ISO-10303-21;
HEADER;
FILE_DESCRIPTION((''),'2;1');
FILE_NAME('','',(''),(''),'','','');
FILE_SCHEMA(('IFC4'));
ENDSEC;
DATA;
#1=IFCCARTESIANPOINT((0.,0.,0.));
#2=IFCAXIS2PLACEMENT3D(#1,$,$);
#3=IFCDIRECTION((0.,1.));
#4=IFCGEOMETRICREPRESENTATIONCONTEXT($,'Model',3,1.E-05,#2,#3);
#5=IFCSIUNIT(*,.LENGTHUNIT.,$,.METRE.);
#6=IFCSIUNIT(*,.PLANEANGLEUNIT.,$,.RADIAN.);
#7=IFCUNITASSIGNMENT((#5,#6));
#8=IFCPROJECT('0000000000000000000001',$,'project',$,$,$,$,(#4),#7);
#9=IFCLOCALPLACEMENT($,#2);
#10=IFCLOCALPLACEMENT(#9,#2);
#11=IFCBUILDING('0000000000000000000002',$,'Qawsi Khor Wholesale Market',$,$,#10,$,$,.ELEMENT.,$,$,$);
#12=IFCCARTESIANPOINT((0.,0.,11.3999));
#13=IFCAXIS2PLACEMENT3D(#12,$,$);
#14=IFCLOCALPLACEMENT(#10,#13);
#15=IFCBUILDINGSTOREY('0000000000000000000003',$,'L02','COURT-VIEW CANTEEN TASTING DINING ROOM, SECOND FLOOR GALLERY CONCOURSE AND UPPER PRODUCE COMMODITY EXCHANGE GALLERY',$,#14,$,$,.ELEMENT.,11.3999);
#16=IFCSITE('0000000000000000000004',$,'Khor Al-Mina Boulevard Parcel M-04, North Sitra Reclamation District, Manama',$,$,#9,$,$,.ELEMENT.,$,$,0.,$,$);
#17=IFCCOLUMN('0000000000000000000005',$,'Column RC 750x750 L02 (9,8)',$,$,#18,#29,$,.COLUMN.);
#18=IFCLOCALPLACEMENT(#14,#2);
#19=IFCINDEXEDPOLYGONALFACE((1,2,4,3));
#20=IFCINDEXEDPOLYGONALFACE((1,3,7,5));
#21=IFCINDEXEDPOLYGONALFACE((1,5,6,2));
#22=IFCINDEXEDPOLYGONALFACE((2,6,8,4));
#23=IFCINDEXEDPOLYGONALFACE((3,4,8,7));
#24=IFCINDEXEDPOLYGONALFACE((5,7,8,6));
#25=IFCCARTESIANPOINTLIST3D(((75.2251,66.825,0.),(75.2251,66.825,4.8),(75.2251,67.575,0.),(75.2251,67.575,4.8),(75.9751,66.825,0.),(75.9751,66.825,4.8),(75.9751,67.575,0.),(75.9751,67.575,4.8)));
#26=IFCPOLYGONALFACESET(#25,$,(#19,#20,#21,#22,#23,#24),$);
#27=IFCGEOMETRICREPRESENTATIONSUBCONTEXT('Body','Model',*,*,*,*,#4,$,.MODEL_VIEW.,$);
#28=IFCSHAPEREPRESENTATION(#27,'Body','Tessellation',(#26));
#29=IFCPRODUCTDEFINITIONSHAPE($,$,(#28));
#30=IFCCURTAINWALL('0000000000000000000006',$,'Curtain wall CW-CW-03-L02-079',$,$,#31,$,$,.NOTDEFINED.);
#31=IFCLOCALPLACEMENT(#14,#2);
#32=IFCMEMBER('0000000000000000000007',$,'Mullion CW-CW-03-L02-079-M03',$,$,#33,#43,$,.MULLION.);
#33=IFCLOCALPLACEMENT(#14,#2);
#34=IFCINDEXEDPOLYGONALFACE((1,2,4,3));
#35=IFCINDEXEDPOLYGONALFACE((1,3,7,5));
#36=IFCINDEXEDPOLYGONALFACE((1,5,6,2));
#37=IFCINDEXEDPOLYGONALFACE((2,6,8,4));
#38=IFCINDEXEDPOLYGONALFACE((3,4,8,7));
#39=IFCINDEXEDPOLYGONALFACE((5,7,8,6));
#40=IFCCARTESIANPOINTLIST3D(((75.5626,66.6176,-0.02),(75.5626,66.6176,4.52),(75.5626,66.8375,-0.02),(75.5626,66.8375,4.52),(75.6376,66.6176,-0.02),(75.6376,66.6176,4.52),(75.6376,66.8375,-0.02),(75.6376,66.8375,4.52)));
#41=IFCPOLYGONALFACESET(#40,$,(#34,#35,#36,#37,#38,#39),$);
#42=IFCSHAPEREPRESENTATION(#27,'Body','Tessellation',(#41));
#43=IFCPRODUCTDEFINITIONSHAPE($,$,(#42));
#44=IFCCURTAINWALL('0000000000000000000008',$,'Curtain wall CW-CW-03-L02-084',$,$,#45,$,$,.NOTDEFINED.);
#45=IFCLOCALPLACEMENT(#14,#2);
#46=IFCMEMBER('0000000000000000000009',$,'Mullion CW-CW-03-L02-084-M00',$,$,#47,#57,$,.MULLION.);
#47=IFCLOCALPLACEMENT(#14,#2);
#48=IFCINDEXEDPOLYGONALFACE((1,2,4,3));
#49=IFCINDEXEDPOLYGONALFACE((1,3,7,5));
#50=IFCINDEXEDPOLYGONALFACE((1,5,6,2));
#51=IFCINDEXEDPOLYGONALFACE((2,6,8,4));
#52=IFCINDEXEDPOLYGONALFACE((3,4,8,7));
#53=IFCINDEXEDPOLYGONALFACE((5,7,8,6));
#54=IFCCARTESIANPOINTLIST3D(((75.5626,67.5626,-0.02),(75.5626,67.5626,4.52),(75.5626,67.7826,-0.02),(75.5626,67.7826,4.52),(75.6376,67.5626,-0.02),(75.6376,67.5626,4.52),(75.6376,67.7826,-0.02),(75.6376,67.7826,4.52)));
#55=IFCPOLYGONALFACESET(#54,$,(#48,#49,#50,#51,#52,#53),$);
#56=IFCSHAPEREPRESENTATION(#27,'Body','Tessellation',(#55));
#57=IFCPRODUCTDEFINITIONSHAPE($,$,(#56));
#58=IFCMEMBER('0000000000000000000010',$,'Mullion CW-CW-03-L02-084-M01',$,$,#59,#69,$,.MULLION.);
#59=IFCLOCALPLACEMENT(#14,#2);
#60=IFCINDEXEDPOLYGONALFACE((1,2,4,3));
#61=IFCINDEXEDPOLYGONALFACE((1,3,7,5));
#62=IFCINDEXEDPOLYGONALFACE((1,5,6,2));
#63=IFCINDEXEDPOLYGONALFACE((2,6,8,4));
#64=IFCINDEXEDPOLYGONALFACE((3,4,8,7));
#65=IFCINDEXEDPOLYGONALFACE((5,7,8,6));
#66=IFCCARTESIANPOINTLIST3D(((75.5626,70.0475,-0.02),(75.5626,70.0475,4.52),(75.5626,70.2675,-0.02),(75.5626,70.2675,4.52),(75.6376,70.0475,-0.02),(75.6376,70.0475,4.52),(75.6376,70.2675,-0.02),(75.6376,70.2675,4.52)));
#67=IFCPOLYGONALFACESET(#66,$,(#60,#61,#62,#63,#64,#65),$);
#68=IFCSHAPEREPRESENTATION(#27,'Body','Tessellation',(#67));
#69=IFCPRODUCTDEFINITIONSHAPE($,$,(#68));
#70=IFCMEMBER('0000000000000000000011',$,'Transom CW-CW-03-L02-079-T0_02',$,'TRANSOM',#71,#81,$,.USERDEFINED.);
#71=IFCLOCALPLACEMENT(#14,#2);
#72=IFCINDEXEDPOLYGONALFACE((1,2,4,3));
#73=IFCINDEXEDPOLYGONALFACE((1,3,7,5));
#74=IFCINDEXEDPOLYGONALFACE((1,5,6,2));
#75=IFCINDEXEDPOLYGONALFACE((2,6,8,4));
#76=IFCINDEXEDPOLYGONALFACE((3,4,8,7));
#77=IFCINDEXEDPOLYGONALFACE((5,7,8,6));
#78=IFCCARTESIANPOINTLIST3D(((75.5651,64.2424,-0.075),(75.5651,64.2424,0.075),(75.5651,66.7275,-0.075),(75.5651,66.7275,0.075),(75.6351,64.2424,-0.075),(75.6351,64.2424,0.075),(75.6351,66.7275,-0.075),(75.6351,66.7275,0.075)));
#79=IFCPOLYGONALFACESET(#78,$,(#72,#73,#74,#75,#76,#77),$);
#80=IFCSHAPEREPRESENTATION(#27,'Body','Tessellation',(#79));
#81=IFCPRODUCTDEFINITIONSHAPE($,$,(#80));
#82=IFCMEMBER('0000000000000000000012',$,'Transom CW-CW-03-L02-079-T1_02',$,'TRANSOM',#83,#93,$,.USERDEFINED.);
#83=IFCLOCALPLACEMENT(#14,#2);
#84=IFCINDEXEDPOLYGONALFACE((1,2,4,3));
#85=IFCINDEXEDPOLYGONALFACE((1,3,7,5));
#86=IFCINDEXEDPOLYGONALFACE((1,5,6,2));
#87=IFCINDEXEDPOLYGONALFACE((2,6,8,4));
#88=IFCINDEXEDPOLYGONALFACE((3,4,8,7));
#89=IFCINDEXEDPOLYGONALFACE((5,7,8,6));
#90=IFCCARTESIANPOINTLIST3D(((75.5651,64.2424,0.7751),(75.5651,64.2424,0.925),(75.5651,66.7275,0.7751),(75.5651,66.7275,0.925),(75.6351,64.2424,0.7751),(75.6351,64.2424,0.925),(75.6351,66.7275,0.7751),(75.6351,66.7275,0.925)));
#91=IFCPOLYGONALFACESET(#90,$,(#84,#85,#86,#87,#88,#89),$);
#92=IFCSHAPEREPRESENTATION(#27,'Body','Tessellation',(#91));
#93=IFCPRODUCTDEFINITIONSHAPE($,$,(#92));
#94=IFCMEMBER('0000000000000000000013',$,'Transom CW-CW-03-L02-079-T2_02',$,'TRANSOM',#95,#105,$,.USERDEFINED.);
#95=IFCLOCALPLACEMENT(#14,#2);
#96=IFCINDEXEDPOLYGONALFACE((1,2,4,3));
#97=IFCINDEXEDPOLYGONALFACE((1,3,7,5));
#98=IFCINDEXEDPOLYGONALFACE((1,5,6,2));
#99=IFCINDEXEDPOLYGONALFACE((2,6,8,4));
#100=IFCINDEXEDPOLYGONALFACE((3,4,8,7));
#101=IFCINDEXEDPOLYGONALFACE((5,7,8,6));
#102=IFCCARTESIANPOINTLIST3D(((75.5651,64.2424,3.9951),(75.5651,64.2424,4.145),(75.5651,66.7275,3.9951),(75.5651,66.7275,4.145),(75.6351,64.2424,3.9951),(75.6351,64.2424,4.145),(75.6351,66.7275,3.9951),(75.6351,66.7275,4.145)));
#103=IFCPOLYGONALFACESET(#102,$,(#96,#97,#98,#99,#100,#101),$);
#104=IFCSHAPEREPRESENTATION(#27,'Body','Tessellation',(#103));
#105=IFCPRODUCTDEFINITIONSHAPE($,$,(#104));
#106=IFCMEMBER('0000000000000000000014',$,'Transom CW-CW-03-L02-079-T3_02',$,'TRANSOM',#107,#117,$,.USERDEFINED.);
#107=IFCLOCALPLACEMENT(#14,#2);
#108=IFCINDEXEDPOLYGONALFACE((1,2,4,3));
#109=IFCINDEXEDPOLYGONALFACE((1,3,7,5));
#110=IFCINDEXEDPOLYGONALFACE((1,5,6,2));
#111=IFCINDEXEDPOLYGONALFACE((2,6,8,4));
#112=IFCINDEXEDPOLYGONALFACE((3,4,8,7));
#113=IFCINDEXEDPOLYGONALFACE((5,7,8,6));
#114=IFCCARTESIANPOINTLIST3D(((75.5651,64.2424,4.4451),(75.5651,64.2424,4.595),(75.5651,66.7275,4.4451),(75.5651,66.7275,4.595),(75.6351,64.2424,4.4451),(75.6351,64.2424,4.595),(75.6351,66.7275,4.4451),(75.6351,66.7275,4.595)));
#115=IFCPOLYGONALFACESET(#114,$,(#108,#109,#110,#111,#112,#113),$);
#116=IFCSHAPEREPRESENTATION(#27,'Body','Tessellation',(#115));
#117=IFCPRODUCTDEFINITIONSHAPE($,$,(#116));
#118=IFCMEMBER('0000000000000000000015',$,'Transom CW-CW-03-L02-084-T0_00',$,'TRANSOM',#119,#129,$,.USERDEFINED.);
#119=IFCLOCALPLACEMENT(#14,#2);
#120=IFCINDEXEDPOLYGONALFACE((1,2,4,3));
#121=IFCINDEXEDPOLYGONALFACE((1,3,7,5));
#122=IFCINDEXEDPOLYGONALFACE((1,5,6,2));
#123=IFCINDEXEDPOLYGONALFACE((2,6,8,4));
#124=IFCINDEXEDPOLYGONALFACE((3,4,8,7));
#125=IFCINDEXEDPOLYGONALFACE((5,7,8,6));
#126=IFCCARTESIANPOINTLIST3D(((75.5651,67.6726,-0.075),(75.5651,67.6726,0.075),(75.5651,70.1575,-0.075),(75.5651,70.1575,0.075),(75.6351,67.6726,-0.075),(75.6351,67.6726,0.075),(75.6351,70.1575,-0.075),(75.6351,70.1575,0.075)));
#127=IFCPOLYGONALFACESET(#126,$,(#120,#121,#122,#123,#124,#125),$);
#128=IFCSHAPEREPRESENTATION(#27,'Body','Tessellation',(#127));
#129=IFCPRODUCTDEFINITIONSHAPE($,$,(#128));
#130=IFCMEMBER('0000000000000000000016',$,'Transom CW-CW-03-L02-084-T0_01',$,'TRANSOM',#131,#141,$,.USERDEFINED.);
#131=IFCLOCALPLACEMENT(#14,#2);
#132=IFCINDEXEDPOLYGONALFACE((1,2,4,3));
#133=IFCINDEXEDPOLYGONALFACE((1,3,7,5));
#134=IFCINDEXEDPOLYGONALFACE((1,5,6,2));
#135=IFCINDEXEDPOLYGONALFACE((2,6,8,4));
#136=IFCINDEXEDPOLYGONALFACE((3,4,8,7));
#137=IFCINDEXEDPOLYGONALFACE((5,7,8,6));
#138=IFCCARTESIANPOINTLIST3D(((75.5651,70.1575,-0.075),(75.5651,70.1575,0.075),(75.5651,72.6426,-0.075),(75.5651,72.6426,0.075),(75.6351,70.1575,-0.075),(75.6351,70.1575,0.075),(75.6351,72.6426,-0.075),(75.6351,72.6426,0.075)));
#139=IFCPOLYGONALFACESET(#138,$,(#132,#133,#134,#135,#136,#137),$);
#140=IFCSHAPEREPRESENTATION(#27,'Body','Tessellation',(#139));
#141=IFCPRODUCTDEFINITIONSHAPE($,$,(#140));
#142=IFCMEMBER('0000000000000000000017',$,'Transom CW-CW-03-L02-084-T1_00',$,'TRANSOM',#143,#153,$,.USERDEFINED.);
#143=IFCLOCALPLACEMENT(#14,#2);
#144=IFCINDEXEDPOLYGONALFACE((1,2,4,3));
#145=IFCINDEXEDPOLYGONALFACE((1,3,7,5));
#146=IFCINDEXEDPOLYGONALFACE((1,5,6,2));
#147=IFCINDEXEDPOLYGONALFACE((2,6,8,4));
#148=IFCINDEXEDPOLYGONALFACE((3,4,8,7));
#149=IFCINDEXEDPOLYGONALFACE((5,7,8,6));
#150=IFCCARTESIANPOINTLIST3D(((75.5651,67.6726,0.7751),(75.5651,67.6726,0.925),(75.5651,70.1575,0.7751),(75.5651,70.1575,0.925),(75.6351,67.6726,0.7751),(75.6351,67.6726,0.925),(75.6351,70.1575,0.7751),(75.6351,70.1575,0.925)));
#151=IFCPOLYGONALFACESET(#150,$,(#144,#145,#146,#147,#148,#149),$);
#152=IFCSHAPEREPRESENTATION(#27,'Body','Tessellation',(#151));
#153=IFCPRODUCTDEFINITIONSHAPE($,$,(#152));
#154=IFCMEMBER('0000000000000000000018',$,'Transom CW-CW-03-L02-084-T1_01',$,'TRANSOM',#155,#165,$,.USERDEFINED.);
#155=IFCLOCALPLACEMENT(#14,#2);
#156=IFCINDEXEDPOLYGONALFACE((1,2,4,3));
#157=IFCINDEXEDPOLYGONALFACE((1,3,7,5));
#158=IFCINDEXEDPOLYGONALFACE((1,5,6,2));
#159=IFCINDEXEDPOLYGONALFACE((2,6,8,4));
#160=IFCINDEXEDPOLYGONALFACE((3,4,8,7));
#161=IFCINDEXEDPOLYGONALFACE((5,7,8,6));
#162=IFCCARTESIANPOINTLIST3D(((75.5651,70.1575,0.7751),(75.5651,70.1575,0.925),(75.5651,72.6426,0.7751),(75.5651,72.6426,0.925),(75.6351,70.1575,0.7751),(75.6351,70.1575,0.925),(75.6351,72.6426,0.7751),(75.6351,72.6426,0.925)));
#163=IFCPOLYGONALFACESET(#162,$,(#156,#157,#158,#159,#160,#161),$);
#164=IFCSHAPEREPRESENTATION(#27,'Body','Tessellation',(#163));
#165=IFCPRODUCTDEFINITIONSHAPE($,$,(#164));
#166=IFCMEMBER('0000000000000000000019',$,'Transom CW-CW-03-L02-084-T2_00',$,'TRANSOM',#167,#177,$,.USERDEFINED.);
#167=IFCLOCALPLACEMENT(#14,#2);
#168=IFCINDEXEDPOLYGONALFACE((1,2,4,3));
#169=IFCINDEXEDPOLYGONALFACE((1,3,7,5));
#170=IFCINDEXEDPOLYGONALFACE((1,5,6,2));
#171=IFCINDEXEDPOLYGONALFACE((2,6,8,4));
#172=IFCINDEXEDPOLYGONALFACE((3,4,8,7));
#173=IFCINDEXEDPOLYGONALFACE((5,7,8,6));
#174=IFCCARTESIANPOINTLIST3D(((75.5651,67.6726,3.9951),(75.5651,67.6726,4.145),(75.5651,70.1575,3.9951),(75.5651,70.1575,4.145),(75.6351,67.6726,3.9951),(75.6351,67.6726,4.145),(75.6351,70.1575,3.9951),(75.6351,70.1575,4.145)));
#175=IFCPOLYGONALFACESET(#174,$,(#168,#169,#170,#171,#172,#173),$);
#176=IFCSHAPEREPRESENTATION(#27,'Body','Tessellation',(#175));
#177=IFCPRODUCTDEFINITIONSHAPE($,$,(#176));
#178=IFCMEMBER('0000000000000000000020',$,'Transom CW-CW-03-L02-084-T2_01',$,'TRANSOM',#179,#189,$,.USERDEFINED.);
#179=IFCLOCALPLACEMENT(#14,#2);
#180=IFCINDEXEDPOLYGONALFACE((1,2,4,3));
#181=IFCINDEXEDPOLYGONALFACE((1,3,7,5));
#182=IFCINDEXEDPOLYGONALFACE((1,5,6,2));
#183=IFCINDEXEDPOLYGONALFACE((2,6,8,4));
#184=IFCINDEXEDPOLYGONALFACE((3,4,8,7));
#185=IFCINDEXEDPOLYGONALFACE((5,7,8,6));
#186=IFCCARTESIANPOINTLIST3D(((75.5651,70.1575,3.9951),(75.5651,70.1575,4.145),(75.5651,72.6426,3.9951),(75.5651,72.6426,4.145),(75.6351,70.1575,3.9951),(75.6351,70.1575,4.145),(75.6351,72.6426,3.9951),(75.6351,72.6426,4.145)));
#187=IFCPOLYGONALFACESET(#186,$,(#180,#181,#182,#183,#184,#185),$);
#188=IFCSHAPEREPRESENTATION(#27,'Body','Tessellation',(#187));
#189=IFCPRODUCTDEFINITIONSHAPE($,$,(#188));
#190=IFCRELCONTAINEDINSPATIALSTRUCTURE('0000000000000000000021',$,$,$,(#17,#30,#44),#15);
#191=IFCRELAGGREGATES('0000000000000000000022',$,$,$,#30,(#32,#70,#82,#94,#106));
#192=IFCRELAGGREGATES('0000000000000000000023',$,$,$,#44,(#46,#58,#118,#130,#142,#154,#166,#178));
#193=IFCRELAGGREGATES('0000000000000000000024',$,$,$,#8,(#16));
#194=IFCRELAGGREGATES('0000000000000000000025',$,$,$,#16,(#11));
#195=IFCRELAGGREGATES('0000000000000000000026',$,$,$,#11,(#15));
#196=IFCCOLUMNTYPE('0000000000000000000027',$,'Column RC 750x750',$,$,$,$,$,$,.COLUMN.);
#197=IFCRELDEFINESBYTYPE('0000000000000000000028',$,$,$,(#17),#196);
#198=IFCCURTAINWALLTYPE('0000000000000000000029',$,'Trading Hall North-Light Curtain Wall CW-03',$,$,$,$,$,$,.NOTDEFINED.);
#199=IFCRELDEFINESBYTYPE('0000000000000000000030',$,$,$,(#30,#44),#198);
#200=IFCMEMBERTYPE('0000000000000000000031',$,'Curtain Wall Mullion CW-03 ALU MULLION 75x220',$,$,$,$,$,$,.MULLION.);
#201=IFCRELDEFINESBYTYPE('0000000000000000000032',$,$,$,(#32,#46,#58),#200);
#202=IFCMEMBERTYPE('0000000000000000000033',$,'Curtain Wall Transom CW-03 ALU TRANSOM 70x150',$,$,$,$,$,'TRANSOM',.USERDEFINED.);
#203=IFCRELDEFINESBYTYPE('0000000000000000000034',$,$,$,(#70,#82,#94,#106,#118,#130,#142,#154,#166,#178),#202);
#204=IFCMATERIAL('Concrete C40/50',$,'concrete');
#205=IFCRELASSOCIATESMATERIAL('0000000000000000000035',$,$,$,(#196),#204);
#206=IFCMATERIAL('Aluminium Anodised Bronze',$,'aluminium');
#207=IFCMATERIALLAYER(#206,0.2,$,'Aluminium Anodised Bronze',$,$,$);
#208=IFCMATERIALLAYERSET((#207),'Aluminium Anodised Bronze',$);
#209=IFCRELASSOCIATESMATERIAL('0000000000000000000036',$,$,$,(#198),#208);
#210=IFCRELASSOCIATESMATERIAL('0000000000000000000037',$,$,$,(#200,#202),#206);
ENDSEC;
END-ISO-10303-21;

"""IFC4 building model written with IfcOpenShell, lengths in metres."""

from ifc_helpers import new_model, si_unit, direction, frame, origin, origin_2d, place, context, subcontext, project, spatial, rectangle, extrude, material, layer, layer_set, material_profile, profile_set, type_object, element, aggregate, save


model = new_model("IFC4")

# Units and contexts
model_context = context("Model", 3, precision=1e-05, world=origin(), true_north=direction((0.0, 1.0)))
body_context = subcontext(model_context, "Body", "Model", "MODEL_VIEW")
ifc_project = project(units=[si_unit("LENGTHUNIT", "METRE"), si_unit("PLANEANGLEUNIT", "RADIAN")], contexts=[model_context])

# Site, building, storey
site_placement = place(None, origin())
site = spatial("IfcSite", under=ifc_project, at=site_placement, Name="Khor Al-Mina Boulevard Parcel M-04, North Sitra Reclamation District, Manama", CompositionType="ELEMENT", RefElevation=0.0)
building_placement = place(site_placement, origin())
building = spatial("IfcBuilding", under=site, at=building_placement, Name="Qawsi Khor Wholesale Market", CompositionType="ELEMENT")
storey_placement = place(building_placement, frame((0.0, 0.0, 11.3999)))
storey = spatial("IfcBuildingStorey", under=building, at=storey_placement, Name="L02", Description="COURT-VIEW CANTEEN TASTING DINING ROOM, SECOND FLOOR GALLERY CONCOURSE AND UPPER PRODUCE COMMODITY EXCHANGE GALLERY", CompositionType="ELEMENT", Elevation=11.3999)

# Column
ifc_material_1 = material(Name="Concrete C40/50", Category="concrete")
ifc_material_profile_1 = material_profile(ifc_material_1, rectangle(XDim=0.75, YDim=0.75, at=origin_2d()), Name="RC 750x750")
ifc_profile_set_1 = profile_set([ifc_material_profile_1], Name="Concrete C40/50")
column_type = type_object("IfcColumnType", Name="Column RC 750x750", PredefinedType="COLUMN", material=ifc_profile_set_1)
column_placement = place(storey_placement, frame((75.6001, 67.2, 0.0), z_axis=(0.0, 0.0, 1.0), x_axis=(1.0, 0.0, 0.0)))
element("IfcColumn", 1, at=column_placement, inside=storey, type_object=column_type, Name="Column RC 750x750 L02 (9,8)", PredefinedType="COLUMN", context=body_context, shape_type="SweptSolid", body=[
    extrude(rectangle(XDim=0.75, YDim=0.75, at=origin_2d()), origin(), (0.0, 0.0, 1.0), 4.8),
])

# Curtain wall, member
ifc_material_2 = material(Name="Aluminium Anodised Bronze", Category="aluminium")
ifc_layer_1 = layer(ifc_material_2, 0.2, Name="Aluminium Anodised Bronze")
ifc_layer_set_1 = layer_set([ifc_layer_1], Name="Aluminium Anodised Bronze")
curtain_wall_type = type_object("IfcCurtainWallType", Name="Trading Hall North-Light Curtain Wall CW-03", PredefinedType="NOTDEFINED", material=ifc_layer_set_1)
curtain_wall_1_placement = place(storey_placement, origin())
curtain_wall_1 = element("IfcCurtainWall", 2, at=curtain_wall_1_placement, inside=storey, type_object=curtain_wall_type, Name="Curtain wall CW-CW-03-L02-079", PredefinedType="NOTDEFINED")
ifc_material_profile_2 = material_profile(ifc_material_2, rectangle(XDim=0.075, YDim=0.22, at=origin_2d()), Name="ALU MULLION 75x220")
ifc_profile_set_2 = profile_set([ifc_material_profile_2], Name="Aluminium Anodised Bronze")
member_type_1 = type_object("IfcMemberType", Name="Curtain Wall Mullion CW-03 ALU MULLION 75x220", PredefinedType="MULLION", material=ifc_profile_set_2)
member_1_placement = place(storey_placement, frame((75.6001, 66.7275, -0.02), z_axis=(0.0, 0.0, 1.0), x_axis=(1.0, 0.0, 0.0)))
member_1 = element("IfcMember", 3, at=member_1_placement, type_object=member_type_1, Name="Mullion CW-CW-03-L02-079-M03", PredefinedType="MULLION", context=body_context, shape_type="SweptSolid", body=[
    extrude(rectangle(XDim=0.075, YDim=0.22, at=origin_2d()), origin(), (0.0, 0.0, 1.0), 4.54),
])

# Curtain wall, members
curtain_wall_2_placement = place(storey_placement, origin())
curtain_wall_2 = element("IfcCurtainWall", 4, at=curtain_wall_2_placement, inside=storey, type_object=curtain_wall_type, Name="Curtain wall CW-CW-03-L02-084", PredefinedType="NOTDEFINED")
member_2_placement = place(storey_placement, frame((75.6001, 67.6726, -0.02), z_axis=(0.0, 0.0, 1.0), x_axis=(1.0, 0.0, 0.0)))
member_2 = element("IfcMember", 5, at=member_2_placement, type_object=member_type_1, Name="Mullion CW-CW-03-L02-084-M00", PredefinedType="MULLION", context=body_context, shape_type="SweptSolid", body=[
    extrude(rectangle(XDim=0.075, YDim=0.22, at=origin_2d()), origin(), (0.0, 0.0, 1.0), 4.54),
])
member_3_placement = place(storey_placement, frame((75.6001, 70.1575, -0.02), z_axis=(0.0, 0.0, 1.0), x_axis=(1.0, 0.0, 0.0)))
member_3 = element("IfcMember", 6, at=member_3_placement, type_object=member_type_1, Name="Mullion CW-CW-03-L02-084-M01", PredefinedType="MULLION", context=body_context, shape_type="SweptSolid", body=[
    extrude(rectangle(XDim=0.075, YDim=0.22, at=origin_2d()), origin(), (0.0, 0.0, 1.0), 4.54),
])

# Members
ifc_material_profile_3 = material_profile(ifc_material_2, rectangle(XDim=0.0701, YDim=0.1499, at=origin_2d()), Name="ALU TRANSOM 70x150")
ifc_profile_set_3 = profile_set([ifc_material_profile_3], Name="Aluminium Anodised Bronze")
member_type_2 = type_object("IfcMemberType", Name="Curtain Wall Transom CW-03 ALU TRANSOM 70x150", ElementType="TRANSOM", PredefinedType="USERDEFINED", material=ifc_profile_set_3)
member_4_placement = place(storey_placement, frame((75.6001, 64.2424, 0.0), z_axis=(0.0, 1.0, 0.0), x_axis=(-1.0, 0.0, 0.0)))
member_4 = element("IfcMember", 7, at=member_4_placement, type_object=member_type_2, Name="Transom CW-CW-03-L02-079-T0_02", ObjectType="TRANSOM", PredefinedType="USERDEFINED", context=body_context, shape_type="SweptSolid", body=[
    extrude(rectangle(XDim=0.0701, YDim=0.1499, at=origin_2d()), origin(), (0.0, 0.0, 1.0), 2.4851),
])
member_5_placement = place(storey_placement, frame((75.6001, 64.2424, 0.8501), z_axis=(0.0, 1.0, 0.0), x_axis=(-1.0, 0.0, 0.0)))
member_5 = element("IfcMember", 8, at=member_5_placement, type_object=member_type_2, Name="Transom CW-CW-03-L02-079-T1_02", ObjectType="TRANSOM", PredefinedType="USERDEFINED", context=body_context, shape_type="SweptSolid", body=[
    extrude(rectangle(XDim=0.0701, YDim=0.1499, at=origin_2d()), origin(), (0.0, 0.0, 1.0), 2.4851),
])
member_6_placement = place(storey_placement, frame((75.6001, 64.2424, 4.0701), z_axis=(0.0, 1.0, 0.0), x_axis=(-1.0, 0.0, 0.0)))
member_6 = element("IfcMember", 9, at=member_6_placement, type_object=member_type_2, Name="Transom CW-CW-03-L02-079-T2_02", ObjectType="TRANSOM", PredefinedType="USERDEFINED", context=body_context, shape_type="SweptSolid", body=[
    extrude(rectangle(XDim=0.0701, YDim=0.1499, at=origin_2d()), origin(), (0.0, 0.0, 1.0), 2.4851),
])
member_7_placement = place(storey_placement, frame((75.6001, 64.2424, 4.52), z_axis=(0.0, 1.0, 0.0), x_axis=(-1.0, 0.0, 0.0)))
member_7 = element("IfcMember", 10, at=member_7_placement, type_object=member_type_2, Name="Transom CW-CW-03-L02-079-T3_02", ObjectType="TRANSOM", PredefinedType="USERDEFINED", context=body_context, shape_type="SweptSolid", body=[
    extrude(rectangle(XDim=0.0701, YDim=0.1499, at=origin_2d()), origin(), (0.0, 0.0, 1.0), 2.4851),
])
member_8_placement = place(storey_placement, frame((75.6001, 67.6726, 0.0), z_axis=(0.0, 1.0, 0.0), x_axis=(-1.0, 0.0, 0.0)))
member_8 = element("IfcMember", 11, at=member_8_placement, type_object=member_type_2, Name="Transom CW-CW-03-L02-084-T0_00", ObjectType="TRANSOM", PredefinedType="USERDEFINED", context=body_context, shape_type="SweptSolid", body=[
    extrude(rectangle(XDim=0.0701, YDim=0.1499, at=origin_2d()), origin(), (0.0, 0.0, 1.0), 2.4849),
])
member_9_placement = place(storey_placement, frame((75.6001, 70.1575, 0.0), z_axis=(0.0, 1.0, 0.0), x_axis=(-1.0, 0.0, 0.0)))
member_9 = element("IfcMember", 12, at=member_9_placement, type_object=member_type_2, Name="Transom CW-CW-03-L02-084-T0_01", ObjectType="TRANSOM", PredefinedType="USERDEFINED", context=body_context, shape_type="SweptSolid", body=[
    extrude(rectangle(XDim=0.0701, YDim=0.1499, at=origin_2d()), origin(), (0.0, 0.0, 1.0), 2.4851),
])
member_10_placement = place(storey_placement, frame((75.6001, 67.6726, 0.8501), z_axis=(0.0, 1.0, 0.0), x_axis=(-1.0, 0.0, 0.0)))
member_10 = element("IfcMember", 13, at=member_10_placement, type_object=member_type_2, Name="Transom CW-CW-03-L02-084-T1_00", ObjectType="TRANSOM", PredefinedType="USERDEFINED", context=body_context, shape_type="SweptSolid", body=[
    extrude(rectangle(XDim=0.0701, YDim=0.1499, at=origin_2d()), origin(), (0.0, 0.0, 1.0), 2.4849),
])
member_11_placement = place(storey_placement, frame((75.6001, 70.1575, 0.8501), z_axis=(0.0, 1.0, 0.0), x_axis=(-1.0, 0.0, 0.0)))
member_11 = element("IfcMember", 14, at=member_11_placement, type_object=member_type_2, Name="Transom CW-CW-03-L02-084-T1_01", ObjectType="TRANSOM", PredefinedType="USERDEFINED", context=body_context, shape_type="SweptSolid", body=[
    extrude(rectangle(XDim=0.0701, YDim=0.1499, at=origin_2d()), origin(), (0.0, 0.0, 1.0), 2.4851),
])
member_12_placement = place(storey_placement, frame((75.6001, 67.6726, 4.0701), z_axis=(0.0, 1.0, 0.0), x_axis=(-1.0, 0.0, 0.0)))
member_12 = element("IfcMember", 15, at=member_12_placement, type_object=member_type_2, Name="Transom CW-CW-03-L02-084-T2_00", ObjectType="TRANSOM", PredefinedType="USERDEFINED", context=body_context, shape_type="SweptSolid", body=[
    extrude(rectangle(XDim=0.0701, YDim=0.1499, at=origin_2d()), origin(), (0.0, 0.0, 1.0), 2.4849),
])
member_13_placement = place(storey_placement, frame((75.6001, 70.1575, 4.0701), z_axis=(0.0, 1.0, 0.0), x_axis=(-1.0, 0.0, 0.0)))
member_13 = element("IfcMember", 16, at=member_13_placement, type_object=member_type_2, Name="Transom CW-CW-03-L02-084-T2_01", ObjectType="TRANSOM", PredefinedType="USERDEFINED", context=body_context, shape_type="SweptSolid", body=[
    extrude(rectangle(XDim=0.0701, YDim=0.1499, at=origin_2d()), origin(), (0.0, 0.0, 1.0), 2.4851),
])

aggregate(curtain_wall_1, [member_1, member_4, member_5, member_6, member_7])
aggregate(curtain_wall_2, [member_2, member_3, member_8, member_9, member_10, member_11, member_12, member_13])

save(model, "model.ifc")
